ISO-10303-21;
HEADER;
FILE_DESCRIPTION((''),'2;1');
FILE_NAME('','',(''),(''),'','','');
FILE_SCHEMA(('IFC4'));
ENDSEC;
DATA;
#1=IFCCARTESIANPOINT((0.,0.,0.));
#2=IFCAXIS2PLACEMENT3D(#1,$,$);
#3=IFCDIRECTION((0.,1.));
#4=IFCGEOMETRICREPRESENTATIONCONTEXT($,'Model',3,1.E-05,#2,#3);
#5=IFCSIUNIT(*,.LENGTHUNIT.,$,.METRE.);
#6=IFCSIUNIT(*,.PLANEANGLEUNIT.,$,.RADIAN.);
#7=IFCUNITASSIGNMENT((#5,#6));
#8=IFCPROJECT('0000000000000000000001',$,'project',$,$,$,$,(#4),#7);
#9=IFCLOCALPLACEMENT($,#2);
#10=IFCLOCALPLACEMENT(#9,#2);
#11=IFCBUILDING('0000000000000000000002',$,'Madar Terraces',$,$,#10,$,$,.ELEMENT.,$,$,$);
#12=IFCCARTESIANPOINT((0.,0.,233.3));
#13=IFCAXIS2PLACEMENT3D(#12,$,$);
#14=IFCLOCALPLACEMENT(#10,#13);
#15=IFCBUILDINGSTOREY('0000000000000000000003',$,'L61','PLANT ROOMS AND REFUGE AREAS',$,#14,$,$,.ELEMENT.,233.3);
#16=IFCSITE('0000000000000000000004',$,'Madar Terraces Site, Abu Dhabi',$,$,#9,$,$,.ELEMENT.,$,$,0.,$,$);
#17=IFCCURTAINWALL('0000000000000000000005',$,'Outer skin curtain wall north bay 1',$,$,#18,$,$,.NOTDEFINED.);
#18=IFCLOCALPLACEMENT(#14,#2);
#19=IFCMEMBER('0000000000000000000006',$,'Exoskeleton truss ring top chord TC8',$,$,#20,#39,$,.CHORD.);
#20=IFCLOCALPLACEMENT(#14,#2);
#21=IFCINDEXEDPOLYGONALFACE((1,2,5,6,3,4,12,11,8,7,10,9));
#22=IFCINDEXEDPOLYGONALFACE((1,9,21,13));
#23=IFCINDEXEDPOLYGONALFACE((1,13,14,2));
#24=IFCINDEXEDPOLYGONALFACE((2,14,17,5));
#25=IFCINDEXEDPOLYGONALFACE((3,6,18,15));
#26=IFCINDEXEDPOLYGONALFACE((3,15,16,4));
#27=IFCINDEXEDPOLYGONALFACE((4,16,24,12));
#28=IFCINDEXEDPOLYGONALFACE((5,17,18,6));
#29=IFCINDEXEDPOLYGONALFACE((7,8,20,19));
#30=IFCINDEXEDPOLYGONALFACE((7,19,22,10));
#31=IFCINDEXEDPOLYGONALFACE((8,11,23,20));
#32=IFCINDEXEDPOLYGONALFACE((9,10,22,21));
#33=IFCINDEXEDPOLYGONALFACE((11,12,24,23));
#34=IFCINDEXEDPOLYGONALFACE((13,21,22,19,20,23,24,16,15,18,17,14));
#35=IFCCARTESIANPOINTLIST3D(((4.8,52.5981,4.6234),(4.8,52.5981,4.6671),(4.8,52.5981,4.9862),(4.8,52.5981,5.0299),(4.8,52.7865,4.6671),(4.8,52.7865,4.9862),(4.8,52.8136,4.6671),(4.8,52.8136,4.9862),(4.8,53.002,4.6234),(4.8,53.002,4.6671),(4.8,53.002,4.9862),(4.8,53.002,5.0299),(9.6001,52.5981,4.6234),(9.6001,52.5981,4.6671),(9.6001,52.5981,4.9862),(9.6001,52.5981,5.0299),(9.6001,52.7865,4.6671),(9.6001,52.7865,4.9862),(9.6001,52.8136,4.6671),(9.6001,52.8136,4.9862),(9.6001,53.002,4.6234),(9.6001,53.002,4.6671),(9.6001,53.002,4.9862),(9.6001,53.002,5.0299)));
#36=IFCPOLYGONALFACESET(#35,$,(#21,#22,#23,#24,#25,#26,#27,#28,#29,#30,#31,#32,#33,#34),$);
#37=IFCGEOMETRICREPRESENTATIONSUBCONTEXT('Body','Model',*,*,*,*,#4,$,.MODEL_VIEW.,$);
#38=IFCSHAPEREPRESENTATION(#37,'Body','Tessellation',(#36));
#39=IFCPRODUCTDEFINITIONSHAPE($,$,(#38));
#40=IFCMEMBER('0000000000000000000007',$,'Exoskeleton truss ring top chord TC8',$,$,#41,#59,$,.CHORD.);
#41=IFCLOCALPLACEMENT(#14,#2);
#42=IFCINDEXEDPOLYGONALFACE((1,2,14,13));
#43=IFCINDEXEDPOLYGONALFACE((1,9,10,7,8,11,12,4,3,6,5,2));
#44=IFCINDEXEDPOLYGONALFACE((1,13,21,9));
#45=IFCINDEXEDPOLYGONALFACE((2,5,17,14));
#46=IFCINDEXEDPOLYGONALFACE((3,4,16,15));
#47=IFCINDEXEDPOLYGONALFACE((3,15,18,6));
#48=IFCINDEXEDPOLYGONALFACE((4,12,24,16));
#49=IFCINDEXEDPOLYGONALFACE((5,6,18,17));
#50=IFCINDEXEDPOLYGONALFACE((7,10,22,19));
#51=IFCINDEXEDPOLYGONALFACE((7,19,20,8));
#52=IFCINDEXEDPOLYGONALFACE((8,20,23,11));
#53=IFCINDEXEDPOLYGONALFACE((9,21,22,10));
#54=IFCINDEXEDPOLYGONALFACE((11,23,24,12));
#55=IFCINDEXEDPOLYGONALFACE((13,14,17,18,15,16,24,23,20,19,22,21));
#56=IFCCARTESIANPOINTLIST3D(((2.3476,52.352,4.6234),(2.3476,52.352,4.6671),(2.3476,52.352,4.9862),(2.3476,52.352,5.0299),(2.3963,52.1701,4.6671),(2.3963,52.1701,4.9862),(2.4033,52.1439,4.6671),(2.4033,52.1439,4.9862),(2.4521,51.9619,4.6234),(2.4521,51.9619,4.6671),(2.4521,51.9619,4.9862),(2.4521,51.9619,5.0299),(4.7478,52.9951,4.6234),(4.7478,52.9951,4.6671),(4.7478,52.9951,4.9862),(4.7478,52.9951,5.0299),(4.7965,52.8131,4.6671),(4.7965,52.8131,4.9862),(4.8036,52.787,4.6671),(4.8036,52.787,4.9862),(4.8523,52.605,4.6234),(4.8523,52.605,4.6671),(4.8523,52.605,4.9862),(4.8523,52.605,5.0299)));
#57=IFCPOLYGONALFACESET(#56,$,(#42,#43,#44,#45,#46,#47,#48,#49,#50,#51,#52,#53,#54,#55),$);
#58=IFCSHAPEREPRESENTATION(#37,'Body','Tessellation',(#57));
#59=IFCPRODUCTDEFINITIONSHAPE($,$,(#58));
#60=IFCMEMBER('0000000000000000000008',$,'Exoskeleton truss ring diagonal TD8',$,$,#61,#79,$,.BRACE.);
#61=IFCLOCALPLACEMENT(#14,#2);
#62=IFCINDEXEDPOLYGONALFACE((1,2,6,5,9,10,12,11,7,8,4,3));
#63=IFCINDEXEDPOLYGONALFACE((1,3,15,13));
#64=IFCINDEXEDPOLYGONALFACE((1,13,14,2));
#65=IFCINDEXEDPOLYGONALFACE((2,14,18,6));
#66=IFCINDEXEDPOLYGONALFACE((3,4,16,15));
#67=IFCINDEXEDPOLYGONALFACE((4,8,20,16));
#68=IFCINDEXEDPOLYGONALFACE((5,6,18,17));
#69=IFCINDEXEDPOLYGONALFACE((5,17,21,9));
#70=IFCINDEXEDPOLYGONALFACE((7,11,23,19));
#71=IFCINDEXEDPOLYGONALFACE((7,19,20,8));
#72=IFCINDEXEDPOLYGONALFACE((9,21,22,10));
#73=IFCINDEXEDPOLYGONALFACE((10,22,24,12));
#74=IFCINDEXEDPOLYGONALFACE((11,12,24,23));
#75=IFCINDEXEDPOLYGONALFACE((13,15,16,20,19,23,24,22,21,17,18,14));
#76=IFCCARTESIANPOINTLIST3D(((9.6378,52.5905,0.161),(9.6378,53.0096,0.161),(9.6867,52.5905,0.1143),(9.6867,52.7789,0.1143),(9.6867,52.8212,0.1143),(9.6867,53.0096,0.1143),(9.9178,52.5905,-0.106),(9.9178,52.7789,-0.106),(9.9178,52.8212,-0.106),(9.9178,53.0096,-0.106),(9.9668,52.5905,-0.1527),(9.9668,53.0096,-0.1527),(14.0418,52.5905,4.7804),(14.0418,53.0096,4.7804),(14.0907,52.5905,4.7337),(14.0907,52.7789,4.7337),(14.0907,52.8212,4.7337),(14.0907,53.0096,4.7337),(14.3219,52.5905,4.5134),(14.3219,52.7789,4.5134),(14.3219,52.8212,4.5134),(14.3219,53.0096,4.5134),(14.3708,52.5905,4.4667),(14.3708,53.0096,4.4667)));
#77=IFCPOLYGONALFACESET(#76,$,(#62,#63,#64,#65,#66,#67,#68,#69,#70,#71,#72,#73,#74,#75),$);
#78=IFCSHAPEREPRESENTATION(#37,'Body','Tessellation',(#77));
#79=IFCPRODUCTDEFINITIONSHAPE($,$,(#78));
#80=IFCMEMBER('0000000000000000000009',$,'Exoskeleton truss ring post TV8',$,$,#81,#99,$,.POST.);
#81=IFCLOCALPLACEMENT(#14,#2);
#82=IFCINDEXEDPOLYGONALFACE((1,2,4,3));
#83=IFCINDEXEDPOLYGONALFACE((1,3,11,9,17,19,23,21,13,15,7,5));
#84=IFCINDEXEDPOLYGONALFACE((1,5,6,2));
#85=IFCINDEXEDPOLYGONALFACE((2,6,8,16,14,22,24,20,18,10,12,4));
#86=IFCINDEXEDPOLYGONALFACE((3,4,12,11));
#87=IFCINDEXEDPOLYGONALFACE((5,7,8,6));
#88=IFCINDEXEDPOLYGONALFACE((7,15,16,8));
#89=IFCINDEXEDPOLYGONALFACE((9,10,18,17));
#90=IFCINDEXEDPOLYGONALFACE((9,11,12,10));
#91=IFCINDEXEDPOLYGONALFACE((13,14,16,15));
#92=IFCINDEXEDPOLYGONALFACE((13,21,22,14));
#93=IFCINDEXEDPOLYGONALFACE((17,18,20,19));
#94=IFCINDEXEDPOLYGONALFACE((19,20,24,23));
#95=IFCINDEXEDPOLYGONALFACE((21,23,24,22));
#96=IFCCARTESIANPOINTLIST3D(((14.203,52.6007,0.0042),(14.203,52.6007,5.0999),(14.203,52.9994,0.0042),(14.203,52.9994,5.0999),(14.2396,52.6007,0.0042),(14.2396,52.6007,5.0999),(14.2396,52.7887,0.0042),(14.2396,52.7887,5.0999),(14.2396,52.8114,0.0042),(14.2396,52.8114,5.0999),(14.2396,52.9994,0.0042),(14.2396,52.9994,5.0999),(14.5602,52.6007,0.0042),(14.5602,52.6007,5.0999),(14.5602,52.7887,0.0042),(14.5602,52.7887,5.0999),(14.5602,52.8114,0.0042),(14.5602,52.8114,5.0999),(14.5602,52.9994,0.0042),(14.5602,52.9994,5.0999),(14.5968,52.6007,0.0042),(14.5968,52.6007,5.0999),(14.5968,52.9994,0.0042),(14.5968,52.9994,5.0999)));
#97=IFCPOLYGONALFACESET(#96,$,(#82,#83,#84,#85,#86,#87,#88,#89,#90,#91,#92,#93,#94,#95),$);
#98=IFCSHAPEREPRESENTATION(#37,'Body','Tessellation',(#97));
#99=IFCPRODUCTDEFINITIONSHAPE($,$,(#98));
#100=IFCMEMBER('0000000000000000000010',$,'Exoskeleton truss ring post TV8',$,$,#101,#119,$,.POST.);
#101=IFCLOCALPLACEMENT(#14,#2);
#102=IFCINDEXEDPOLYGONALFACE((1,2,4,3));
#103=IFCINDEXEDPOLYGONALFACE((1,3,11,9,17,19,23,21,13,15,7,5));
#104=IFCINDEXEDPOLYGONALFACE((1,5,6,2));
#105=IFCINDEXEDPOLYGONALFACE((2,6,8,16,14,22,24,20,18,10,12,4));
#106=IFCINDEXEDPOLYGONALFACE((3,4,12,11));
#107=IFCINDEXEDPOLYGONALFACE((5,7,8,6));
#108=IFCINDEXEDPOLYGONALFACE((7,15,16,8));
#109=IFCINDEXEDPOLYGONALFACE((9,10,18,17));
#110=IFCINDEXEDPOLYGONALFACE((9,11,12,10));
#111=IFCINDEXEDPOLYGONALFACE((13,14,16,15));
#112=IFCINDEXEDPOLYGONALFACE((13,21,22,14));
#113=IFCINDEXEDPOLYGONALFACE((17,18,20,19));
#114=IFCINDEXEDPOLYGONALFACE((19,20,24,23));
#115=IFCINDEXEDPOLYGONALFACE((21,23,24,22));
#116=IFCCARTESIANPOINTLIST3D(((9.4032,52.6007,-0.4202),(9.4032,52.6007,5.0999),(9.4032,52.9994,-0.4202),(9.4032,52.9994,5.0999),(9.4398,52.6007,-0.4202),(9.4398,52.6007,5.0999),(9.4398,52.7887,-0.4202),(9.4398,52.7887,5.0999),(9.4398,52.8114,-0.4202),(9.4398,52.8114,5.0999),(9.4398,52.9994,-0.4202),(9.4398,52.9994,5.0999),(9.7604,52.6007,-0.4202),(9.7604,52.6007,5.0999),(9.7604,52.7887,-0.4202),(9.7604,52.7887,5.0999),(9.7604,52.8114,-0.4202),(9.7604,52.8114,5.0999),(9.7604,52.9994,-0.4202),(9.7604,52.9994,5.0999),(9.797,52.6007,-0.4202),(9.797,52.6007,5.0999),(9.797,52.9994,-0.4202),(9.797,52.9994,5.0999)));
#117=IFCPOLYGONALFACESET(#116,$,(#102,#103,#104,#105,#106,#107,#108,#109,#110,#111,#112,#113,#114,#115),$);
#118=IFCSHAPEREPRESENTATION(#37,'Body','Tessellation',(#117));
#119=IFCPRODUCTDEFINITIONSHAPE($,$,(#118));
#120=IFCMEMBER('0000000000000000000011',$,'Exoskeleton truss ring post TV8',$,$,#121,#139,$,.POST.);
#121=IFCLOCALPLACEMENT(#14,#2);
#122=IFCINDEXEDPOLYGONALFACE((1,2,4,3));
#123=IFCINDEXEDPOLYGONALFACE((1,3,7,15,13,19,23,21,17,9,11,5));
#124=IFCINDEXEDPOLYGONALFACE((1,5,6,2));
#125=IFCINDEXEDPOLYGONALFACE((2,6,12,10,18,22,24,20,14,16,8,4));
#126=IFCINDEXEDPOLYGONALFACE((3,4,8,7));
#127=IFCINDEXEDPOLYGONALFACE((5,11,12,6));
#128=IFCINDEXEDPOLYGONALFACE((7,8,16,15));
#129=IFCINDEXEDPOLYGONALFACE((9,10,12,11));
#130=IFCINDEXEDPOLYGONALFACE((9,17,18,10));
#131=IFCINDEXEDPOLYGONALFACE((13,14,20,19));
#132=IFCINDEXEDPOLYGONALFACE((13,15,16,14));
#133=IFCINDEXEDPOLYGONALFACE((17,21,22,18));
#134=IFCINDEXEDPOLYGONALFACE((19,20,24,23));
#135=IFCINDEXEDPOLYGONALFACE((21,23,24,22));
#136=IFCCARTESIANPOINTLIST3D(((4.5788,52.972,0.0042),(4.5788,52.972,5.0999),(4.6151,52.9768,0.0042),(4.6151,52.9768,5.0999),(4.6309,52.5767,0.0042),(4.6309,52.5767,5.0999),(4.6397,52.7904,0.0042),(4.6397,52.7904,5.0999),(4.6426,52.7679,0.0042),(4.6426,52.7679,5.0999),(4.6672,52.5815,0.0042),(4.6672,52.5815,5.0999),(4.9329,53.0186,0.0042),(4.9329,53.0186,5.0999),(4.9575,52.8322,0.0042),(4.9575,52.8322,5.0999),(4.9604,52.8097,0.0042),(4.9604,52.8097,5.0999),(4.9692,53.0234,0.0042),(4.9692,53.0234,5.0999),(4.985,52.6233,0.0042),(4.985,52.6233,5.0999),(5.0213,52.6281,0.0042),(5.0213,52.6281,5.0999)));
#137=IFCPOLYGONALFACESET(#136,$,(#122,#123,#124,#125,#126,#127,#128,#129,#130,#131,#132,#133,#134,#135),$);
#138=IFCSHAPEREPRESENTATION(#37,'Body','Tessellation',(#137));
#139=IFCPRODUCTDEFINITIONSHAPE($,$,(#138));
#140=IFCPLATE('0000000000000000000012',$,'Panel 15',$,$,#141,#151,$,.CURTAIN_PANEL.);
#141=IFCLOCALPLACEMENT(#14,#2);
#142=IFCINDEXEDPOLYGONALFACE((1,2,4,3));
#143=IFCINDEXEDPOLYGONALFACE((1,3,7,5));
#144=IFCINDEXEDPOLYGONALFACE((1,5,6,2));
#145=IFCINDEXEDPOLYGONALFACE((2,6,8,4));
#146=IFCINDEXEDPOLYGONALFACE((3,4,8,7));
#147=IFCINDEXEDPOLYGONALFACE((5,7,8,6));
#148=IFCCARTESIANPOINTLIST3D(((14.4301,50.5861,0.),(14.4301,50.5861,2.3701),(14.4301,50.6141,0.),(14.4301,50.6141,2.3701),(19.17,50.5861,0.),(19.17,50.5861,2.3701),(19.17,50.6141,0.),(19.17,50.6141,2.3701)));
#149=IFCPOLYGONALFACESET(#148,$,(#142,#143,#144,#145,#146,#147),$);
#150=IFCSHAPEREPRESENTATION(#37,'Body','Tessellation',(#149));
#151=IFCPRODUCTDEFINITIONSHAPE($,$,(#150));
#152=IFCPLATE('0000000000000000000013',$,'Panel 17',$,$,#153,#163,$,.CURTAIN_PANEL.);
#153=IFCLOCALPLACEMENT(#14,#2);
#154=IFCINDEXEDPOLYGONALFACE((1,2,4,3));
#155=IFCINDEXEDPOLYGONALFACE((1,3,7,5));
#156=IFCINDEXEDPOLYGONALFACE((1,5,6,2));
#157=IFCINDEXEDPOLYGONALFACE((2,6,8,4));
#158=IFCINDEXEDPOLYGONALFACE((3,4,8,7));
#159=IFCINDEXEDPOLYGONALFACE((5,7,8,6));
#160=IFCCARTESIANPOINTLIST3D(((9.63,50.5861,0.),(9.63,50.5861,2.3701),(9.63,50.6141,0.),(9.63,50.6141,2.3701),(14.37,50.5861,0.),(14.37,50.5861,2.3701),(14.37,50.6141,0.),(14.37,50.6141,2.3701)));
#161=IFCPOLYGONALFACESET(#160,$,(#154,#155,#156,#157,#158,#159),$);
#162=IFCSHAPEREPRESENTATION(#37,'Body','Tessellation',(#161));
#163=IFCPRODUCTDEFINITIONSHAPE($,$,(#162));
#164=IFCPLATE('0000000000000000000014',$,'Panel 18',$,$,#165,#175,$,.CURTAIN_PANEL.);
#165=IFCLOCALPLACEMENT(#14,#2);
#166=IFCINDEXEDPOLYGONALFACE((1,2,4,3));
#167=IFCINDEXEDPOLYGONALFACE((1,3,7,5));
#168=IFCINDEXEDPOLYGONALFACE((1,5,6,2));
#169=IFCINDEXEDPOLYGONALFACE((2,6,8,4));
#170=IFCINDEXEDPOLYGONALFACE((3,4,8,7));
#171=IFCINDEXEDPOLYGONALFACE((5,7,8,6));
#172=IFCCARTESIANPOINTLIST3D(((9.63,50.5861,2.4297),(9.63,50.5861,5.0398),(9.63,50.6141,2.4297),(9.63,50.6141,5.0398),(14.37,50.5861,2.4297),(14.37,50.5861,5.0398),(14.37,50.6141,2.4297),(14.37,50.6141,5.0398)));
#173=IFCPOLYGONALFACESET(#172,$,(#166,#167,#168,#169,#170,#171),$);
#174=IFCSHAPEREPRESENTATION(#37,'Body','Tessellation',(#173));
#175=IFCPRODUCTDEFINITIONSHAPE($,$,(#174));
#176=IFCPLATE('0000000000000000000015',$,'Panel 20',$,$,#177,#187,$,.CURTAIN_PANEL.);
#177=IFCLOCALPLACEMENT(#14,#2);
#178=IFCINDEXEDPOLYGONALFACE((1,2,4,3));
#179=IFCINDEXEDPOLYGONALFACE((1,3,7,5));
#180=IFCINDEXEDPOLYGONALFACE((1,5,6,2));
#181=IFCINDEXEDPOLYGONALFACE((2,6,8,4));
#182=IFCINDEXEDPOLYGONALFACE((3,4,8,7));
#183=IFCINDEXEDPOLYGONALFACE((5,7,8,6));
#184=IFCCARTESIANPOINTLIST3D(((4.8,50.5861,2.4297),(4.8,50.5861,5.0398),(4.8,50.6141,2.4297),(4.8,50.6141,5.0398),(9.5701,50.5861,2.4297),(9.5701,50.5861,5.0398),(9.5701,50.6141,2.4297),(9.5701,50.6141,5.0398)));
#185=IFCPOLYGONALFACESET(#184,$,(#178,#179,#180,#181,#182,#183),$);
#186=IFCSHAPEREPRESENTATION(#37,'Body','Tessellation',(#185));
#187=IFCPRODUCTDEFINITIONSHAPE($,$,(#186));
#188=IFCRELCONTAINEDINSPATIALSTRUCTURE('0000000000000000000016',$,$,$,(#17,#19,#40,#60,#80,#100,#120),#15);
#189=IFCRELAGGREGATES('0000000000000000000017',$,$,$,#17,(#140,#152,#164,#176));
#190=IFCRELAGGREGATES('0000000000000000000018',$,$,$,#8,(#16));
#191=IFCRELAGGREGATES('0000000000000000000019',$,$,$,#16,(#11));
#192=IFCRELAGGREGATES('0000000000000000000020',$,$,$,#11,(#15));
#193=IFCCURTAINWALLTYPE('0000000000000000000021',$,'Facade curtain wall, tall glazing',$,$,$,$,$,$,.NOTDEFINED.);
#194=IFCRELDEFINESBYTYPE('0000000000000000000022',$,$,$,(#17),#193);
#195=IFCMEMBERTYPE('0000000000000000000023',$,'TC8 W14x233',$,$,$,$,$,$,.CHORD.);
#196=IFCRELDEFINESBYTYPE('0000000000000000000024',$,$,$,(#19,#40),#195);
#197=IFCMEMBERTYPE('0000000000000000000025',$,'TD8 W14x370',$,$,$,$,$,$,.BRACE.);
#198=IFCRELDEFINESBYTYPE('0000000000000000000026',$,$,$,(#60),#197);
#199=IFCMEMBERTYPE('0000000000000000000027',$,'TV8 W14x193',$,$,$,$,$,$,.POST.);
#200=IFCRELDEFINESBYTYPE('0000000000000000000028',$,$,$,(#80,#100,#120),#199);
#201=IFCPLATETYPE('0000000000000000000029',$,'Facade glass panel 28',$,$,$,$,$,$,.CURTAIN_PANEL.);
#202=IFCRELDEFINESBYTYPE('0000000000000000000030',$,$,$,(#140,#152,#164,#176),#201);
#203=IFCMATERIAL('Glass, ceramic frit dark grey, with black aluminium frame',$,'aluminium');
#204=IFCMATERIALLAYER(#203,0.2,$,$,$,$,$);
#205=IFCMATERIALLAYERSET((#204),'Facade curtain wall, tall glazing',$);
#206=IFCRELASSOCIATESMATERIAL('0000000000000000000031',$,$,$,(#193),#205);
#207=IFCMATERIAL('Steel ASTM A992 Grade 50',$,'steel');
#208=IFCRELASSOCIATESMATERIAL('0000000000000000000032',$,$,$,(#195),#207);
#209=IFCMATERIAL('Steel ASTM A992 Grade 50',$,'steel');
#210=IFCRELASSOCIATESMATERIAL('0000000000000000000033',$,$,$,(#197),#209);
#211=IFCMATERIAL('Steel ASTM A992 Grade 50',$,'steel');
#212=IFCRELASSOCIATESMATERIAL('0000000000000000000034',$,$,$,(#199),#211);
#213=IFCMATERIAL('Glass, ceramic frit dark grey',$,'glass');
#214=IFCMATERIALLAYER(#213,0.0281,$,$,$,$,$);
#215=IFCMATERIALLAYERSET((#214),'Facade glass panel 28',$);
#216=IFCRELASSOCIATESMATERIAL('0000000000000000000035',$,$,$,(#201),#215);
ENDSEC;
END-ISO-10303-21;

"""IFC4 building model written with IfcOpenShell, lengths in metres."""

from ifc_helpers import new_model, si_unit, direction, frame, origin, origin_2d, place, context, subcontext, project, spatial, rectangle, i_section, extrude, material, layer, layer_set, material_profile, profile_set, type_object, element, aggregate, save


model = new_model("IFC4")

# Units and contexts
model_context = context("Model", 3, precision=1e-05, world=origin(), true_north=direction((0.0, 1.0)))
body_context = subcontext(model_context, "Body", "Model", "MODEL_VIEW")
ifc_project = project(units=[si_unit("LENGTHUNIT", "METRE"), si_unit("PLANEANGLEUNIT", "RADIAN")], contexts=[model_context])

# Site, building, storey
site_placement = place(None, origin())
site = spatial("IfcSite", under=ifc_project, at=site_placement, Name="Madar Terraces Site, Abu Dhabi", CompositionType="ELEMENT", RefElevation=0.0)
building_placement = place(site_placement, origin())
building = spatial("IfcBuilding", under=site, at=building_placement, Name="Madar Terraces", CompositionType="ELEMENT")
storey_placement = place(building_placement, frame((0.0, 0.0, 233.3)))
storey = spatial("IfcBuildingStorey", under=building, at=storey_placement, Name="L61", Description="PLANT ROOMS AND REFUGE AREAS", CompositionType="ELEMENT", Elevation=233.3)

# Curtain wall
ifc_material_1 = material(Name="Glass, ceramic frit dark grey, with black aluminium frame", Category="aluminium")
ifc_layer_1 = layer(ifc_material_1, 0.2)
ifc_layer_set_1 = layer_set([ifc_layer_1], Name="Facade curtain wall, tall glazing")
curtain_wall_type = type_object("IfcCurtainWallType", Name="Facade curtain wall, tall glazing", PredefinedType="NOTDEFINED", material=ifc_layer_set_1)
curtain_wall_1_placement = place(storey_placement, origin())
curtain_wall_1 = element("IfcCurtainWall", 1, at=curtain_wall_1_placement, inside=storey, type_object=curtain_wall_type, Name="Outer skin curtain wall north bay 1", PredefinedType="NOTDEFINED")

# Members
ifc_material_2 = material(Name="Steel ASTM A992 Grade 50", Category="steel")
ifc_material_profile_1 = material_profile(ifc_material_2, i_section(OverallWidth=0.4038, OverallDepth=0.4065, WebThickness=0.0271, FlangeThickness=0.0437, at=origin_2d()), Name="W14x233")
ifc_profile_set_1 = profile_set([ifc_material_profile_1], Name="Steel ASTM A992 Grade 50")
member_type_1 = type_object("IfcMemberType", Name="TC8 W14x233", PredefinedType="CHORD", material=ifc_profile_set_1)
member_1_placement = place(storey_placement, frame((9.6001, 52.8, 4.8267), z_axis=(-1.0, 0.0, 0.0), x_axis=(0.0, -1.0, 0.0)))
element("IfcMember", 2, at=member_1_placement, inside=storey, type_object=member_type_1, Name="Exoskeleton truss ring top chord TC8", PredefinedType="CHORD", context=body_context, shape_type="SweptSolid", body=[
    extrude(i_section(OverallWidth=0.4038, OverallDepth=0.4065, WebThickness=0.0271, FlangeThickness=0.0437, at=origin_2d()), origin(), (0.0, 0.0, 1.0), 4.8),
])
member_2_placement = place(storey_placement, frame((4.8, 52.8, 4.8267), z_axis=(-0.965931, -0.2588, 0.0), x_axis=(0.2588, -0.965931, 0.0)))
element("IfcMember", 3, at=member_2_placement, inside=storey, type_object=member_type_1, Name="Exoskeleton truss ring top chord TC8", PredefinedType="CHORD", context=body_context, shape_type="SweptSolid", body=[
    extrude(i_section(OverallWidth=0.4038, OverallDepth=0.4065, WebThickness=0.0271, FlangeThickness=0.0437, at=origin_2d()), origin(), (0.0, 0.0, 1.0), 2.4849),
])
ifc_material_3 = material(Name="Steel ASTM A992 Grade 50", Category="steel")
ifc_material_profile_2 = material_profile(ifc_material_3, i_section(OverallWidth=0.4192, OverallDepth=0.4546, WebThickness=0.0422, FlangeThickness=0.0676, at=origin_2d()), Name="W14x370")
ifc_profile_set_2 = profile_set([ifc_material_profile_2], Name="Steel ASTM A992 Grade 50")
member_type_2 = type_object("IfcMemberType", Name="TD8 W14x370", PredefinedType="BRACE", material=ifc_profile_set_2)
member_3_placement = place(storey_placement, frame((14.2063, 52.8, 4.6235), z_axis=(-0.690036, 0.0, -0.723775), x_axis=(0.0, -1.0, 0.0)))
element("IfcMember", 4, at=member_3_placement, inside=storey, type_object=member_type_2, Name="Exoskeleton truss ring diagonal TD8", PredefinedType="BRACE", context=body_context, shape_type="SweptSolid", body=[
    extrude(i_section(OverallWidth=0.4192, OverallDepth=0.4546, WebThickness=0.0422, FlangeThickness=0.0676, at=origin_2d()), origin(), (0.0, 0.0, 1.0), 6.3823),
])
ifc_material_4 = material(Name="Steel ASTM A992 Grade 50", Category="steel")
ifc_material_profile_3 = material_profile(ifc_material_4, i_section(OverallWidth=0.3987, OverallDepth=0.3938, WebThickness=0.0227, FlangeThickness=0.0366, at=origin_2d()), Name="W14x193")
ifc_profile_set_3 = profile_set([ifc_material_profile_3], Name="Steel ASTM A992 Grade 50")
member_type_3 = type_object("IfcMemberType", Name="TV8 W14x193", PredefinedType="POST", material=ifc_profile_set_3)
member_4_placement = place(storey_placement, frame((14.3999, 52.8, 0.0042), z_axis=(0.0, 0.0, 1.0), x_axis=(0.0, -1.0, 0.0)))
element("IfcMember", 5, at=member_4_placement, inside=storey, type_object=member_type_3, Name="Exoskeleton truss ring post TV8", PredefinedType="POST", context=body_context, shape_type="SweptSolid", body=[
    extrude(i_section(OverallWidth=0.3987, OverallDepth=0.3938, WebThickness=0.0227, FlangeThickness=0.0366, at=origin_2d()), origin(), (0.0, 0.0, 1.0), 5.0957),
])
member_5_placement = place(storey_placement, frame((9.6001, 52.8, -0.4202), z_axis=(0.0, 0.0, 1.0), x_axis=(0.0, -1.0, 0.0)))
element("IfcMember", 6, at=member_5_placement, inside=storey, type_object=member_type_3, Name="Exoskeleton truss ring post TV8", PredefinedType="POST", context=body_context, shape_type="SweptSolid", body=[
    extrude(i_section(OverallWidth=0.3987, OverallDepth=0.3938, WebThickness=0.0227, FlangeThickness=0.0366, at=origin_2d()), origin(), (0.0, 0.0, 1.0), 5.52),
])
member_6_placement = place(storey_placement, frame((4.8, 52.8, 0.0042), z_axis=(0.0, 0.0, 1.0), x_axis=(0.130526, -0.991445, 0.0)))
element("IfcMember", 7, at=member_6_placement, inside=storey, type_object=member_type_3, Name="Exoskeleton truss ring post TV8", PredefinedType="POST", context=body_context, shape_type="SweptSolid", body=[
    extrude(i_section(OverallWidth=0.3987, OverallDepth=0.3938, WebThickness=0.0227, FlangeThickness=0.0366, at=origin_2d()), origin(), (0.0, 0.0, 1.0), 5.0957),
])

# Plates
ifc_material_5 = material(Name="Glass, ceramic frit dark grey", Category="glass")
ifc_layer_2 = layer(ifc_material_5, 0.0281)
ifc_layer_set_2 = layer_set([ifc_layer_2], Name="Facade glass panel 28")
plate_type = type_object("IfcPlateType", Name="Facade glass panel 28", PredefinedType="CURTAIN_PANEL", material=ifc_layer_set_2)
plate_1_placement = place(storey_placement, frame((16.8, 50.6001, 0.0), z_axis=(0.0, 0.0, 1.0), x_axis=(-1.0, 0.0, 0.0)))
plate_1 = element("IfcPlate", 8, at=plate_1_placement, type_object=plate_type, Name="Panel 15", PredefinedType="CURTAIN_PANEL", context=body_context, shape_type="SweptSolid", body=[
    extrude(rectangle(XDim=4.74, YDim=0.0281, at=origin_2d()), origin(), (0.0, 0.0, 1.0), 2.3701),
])
plate_2_placement = place(storey_placement, frame((12.0, 50.6001, 0.0), z_axis=(0.0, 0.0, 1.0), x_axis=(-1.0, 0.0, 0.0)))
plate_2 = element("IfcPlate", 9, at=plate_2_placement, type_object=plate_type, Name="Panel 17", PredefinedType="CURTAIN_PANEL", context=body_context, shape_type="SweptSolid", body=[
    extrude(rectangle(XDim=4.74, YDim=0.0281, at=origin_2d()), origin(), (0.0, 0.0, 1.0), 2.3701),
])
plate_3_placement = place(storey_placement, frame((12.0, 50.6001, 2.4297), z_axis=(0.0, 0.0, 1.0), x_axis=(-1.0, 0.0, 0.0)))
plate_3 = element("IfcPlate", 10, at=plate_3_placement, type_object=plate_type, Name="Panel 18", PredefinedType="CURTAIN_PANEL", context=body_context, shape_type="SweptSolid", body=[
    extrude(rectangle(XDim=4.74, YDim=0.0281, at=origin_2d()), origin(), (0.0, 0.0, 1.0), 2.6101),
])
plate_4_placement = place(storey_placement, frame((7.1851, 50.6001, 2.4297), z_axis=(0.0, 0.0, 1.0), x_axis=(-1.0, 0.0, 0.0)))
plate_4 = element("IfcPlate", 11, at=plate_4_placement, type_object=plate_type, Name="Panel 20", PredefinedType="CURTAIN_PANEL", context=body_context, shape_type="SweptSolid", body=[
    extrude(rectangle(XDim=4.77, YDim=0.0281, at=origin_2d()), origin(), (0.0, 0.0, 1.0), 2.6101),
])
aggregate(curtain_wall_1, [plate_1, plate_2, plate_3, plate_4])

save(model, "model.ifc")
